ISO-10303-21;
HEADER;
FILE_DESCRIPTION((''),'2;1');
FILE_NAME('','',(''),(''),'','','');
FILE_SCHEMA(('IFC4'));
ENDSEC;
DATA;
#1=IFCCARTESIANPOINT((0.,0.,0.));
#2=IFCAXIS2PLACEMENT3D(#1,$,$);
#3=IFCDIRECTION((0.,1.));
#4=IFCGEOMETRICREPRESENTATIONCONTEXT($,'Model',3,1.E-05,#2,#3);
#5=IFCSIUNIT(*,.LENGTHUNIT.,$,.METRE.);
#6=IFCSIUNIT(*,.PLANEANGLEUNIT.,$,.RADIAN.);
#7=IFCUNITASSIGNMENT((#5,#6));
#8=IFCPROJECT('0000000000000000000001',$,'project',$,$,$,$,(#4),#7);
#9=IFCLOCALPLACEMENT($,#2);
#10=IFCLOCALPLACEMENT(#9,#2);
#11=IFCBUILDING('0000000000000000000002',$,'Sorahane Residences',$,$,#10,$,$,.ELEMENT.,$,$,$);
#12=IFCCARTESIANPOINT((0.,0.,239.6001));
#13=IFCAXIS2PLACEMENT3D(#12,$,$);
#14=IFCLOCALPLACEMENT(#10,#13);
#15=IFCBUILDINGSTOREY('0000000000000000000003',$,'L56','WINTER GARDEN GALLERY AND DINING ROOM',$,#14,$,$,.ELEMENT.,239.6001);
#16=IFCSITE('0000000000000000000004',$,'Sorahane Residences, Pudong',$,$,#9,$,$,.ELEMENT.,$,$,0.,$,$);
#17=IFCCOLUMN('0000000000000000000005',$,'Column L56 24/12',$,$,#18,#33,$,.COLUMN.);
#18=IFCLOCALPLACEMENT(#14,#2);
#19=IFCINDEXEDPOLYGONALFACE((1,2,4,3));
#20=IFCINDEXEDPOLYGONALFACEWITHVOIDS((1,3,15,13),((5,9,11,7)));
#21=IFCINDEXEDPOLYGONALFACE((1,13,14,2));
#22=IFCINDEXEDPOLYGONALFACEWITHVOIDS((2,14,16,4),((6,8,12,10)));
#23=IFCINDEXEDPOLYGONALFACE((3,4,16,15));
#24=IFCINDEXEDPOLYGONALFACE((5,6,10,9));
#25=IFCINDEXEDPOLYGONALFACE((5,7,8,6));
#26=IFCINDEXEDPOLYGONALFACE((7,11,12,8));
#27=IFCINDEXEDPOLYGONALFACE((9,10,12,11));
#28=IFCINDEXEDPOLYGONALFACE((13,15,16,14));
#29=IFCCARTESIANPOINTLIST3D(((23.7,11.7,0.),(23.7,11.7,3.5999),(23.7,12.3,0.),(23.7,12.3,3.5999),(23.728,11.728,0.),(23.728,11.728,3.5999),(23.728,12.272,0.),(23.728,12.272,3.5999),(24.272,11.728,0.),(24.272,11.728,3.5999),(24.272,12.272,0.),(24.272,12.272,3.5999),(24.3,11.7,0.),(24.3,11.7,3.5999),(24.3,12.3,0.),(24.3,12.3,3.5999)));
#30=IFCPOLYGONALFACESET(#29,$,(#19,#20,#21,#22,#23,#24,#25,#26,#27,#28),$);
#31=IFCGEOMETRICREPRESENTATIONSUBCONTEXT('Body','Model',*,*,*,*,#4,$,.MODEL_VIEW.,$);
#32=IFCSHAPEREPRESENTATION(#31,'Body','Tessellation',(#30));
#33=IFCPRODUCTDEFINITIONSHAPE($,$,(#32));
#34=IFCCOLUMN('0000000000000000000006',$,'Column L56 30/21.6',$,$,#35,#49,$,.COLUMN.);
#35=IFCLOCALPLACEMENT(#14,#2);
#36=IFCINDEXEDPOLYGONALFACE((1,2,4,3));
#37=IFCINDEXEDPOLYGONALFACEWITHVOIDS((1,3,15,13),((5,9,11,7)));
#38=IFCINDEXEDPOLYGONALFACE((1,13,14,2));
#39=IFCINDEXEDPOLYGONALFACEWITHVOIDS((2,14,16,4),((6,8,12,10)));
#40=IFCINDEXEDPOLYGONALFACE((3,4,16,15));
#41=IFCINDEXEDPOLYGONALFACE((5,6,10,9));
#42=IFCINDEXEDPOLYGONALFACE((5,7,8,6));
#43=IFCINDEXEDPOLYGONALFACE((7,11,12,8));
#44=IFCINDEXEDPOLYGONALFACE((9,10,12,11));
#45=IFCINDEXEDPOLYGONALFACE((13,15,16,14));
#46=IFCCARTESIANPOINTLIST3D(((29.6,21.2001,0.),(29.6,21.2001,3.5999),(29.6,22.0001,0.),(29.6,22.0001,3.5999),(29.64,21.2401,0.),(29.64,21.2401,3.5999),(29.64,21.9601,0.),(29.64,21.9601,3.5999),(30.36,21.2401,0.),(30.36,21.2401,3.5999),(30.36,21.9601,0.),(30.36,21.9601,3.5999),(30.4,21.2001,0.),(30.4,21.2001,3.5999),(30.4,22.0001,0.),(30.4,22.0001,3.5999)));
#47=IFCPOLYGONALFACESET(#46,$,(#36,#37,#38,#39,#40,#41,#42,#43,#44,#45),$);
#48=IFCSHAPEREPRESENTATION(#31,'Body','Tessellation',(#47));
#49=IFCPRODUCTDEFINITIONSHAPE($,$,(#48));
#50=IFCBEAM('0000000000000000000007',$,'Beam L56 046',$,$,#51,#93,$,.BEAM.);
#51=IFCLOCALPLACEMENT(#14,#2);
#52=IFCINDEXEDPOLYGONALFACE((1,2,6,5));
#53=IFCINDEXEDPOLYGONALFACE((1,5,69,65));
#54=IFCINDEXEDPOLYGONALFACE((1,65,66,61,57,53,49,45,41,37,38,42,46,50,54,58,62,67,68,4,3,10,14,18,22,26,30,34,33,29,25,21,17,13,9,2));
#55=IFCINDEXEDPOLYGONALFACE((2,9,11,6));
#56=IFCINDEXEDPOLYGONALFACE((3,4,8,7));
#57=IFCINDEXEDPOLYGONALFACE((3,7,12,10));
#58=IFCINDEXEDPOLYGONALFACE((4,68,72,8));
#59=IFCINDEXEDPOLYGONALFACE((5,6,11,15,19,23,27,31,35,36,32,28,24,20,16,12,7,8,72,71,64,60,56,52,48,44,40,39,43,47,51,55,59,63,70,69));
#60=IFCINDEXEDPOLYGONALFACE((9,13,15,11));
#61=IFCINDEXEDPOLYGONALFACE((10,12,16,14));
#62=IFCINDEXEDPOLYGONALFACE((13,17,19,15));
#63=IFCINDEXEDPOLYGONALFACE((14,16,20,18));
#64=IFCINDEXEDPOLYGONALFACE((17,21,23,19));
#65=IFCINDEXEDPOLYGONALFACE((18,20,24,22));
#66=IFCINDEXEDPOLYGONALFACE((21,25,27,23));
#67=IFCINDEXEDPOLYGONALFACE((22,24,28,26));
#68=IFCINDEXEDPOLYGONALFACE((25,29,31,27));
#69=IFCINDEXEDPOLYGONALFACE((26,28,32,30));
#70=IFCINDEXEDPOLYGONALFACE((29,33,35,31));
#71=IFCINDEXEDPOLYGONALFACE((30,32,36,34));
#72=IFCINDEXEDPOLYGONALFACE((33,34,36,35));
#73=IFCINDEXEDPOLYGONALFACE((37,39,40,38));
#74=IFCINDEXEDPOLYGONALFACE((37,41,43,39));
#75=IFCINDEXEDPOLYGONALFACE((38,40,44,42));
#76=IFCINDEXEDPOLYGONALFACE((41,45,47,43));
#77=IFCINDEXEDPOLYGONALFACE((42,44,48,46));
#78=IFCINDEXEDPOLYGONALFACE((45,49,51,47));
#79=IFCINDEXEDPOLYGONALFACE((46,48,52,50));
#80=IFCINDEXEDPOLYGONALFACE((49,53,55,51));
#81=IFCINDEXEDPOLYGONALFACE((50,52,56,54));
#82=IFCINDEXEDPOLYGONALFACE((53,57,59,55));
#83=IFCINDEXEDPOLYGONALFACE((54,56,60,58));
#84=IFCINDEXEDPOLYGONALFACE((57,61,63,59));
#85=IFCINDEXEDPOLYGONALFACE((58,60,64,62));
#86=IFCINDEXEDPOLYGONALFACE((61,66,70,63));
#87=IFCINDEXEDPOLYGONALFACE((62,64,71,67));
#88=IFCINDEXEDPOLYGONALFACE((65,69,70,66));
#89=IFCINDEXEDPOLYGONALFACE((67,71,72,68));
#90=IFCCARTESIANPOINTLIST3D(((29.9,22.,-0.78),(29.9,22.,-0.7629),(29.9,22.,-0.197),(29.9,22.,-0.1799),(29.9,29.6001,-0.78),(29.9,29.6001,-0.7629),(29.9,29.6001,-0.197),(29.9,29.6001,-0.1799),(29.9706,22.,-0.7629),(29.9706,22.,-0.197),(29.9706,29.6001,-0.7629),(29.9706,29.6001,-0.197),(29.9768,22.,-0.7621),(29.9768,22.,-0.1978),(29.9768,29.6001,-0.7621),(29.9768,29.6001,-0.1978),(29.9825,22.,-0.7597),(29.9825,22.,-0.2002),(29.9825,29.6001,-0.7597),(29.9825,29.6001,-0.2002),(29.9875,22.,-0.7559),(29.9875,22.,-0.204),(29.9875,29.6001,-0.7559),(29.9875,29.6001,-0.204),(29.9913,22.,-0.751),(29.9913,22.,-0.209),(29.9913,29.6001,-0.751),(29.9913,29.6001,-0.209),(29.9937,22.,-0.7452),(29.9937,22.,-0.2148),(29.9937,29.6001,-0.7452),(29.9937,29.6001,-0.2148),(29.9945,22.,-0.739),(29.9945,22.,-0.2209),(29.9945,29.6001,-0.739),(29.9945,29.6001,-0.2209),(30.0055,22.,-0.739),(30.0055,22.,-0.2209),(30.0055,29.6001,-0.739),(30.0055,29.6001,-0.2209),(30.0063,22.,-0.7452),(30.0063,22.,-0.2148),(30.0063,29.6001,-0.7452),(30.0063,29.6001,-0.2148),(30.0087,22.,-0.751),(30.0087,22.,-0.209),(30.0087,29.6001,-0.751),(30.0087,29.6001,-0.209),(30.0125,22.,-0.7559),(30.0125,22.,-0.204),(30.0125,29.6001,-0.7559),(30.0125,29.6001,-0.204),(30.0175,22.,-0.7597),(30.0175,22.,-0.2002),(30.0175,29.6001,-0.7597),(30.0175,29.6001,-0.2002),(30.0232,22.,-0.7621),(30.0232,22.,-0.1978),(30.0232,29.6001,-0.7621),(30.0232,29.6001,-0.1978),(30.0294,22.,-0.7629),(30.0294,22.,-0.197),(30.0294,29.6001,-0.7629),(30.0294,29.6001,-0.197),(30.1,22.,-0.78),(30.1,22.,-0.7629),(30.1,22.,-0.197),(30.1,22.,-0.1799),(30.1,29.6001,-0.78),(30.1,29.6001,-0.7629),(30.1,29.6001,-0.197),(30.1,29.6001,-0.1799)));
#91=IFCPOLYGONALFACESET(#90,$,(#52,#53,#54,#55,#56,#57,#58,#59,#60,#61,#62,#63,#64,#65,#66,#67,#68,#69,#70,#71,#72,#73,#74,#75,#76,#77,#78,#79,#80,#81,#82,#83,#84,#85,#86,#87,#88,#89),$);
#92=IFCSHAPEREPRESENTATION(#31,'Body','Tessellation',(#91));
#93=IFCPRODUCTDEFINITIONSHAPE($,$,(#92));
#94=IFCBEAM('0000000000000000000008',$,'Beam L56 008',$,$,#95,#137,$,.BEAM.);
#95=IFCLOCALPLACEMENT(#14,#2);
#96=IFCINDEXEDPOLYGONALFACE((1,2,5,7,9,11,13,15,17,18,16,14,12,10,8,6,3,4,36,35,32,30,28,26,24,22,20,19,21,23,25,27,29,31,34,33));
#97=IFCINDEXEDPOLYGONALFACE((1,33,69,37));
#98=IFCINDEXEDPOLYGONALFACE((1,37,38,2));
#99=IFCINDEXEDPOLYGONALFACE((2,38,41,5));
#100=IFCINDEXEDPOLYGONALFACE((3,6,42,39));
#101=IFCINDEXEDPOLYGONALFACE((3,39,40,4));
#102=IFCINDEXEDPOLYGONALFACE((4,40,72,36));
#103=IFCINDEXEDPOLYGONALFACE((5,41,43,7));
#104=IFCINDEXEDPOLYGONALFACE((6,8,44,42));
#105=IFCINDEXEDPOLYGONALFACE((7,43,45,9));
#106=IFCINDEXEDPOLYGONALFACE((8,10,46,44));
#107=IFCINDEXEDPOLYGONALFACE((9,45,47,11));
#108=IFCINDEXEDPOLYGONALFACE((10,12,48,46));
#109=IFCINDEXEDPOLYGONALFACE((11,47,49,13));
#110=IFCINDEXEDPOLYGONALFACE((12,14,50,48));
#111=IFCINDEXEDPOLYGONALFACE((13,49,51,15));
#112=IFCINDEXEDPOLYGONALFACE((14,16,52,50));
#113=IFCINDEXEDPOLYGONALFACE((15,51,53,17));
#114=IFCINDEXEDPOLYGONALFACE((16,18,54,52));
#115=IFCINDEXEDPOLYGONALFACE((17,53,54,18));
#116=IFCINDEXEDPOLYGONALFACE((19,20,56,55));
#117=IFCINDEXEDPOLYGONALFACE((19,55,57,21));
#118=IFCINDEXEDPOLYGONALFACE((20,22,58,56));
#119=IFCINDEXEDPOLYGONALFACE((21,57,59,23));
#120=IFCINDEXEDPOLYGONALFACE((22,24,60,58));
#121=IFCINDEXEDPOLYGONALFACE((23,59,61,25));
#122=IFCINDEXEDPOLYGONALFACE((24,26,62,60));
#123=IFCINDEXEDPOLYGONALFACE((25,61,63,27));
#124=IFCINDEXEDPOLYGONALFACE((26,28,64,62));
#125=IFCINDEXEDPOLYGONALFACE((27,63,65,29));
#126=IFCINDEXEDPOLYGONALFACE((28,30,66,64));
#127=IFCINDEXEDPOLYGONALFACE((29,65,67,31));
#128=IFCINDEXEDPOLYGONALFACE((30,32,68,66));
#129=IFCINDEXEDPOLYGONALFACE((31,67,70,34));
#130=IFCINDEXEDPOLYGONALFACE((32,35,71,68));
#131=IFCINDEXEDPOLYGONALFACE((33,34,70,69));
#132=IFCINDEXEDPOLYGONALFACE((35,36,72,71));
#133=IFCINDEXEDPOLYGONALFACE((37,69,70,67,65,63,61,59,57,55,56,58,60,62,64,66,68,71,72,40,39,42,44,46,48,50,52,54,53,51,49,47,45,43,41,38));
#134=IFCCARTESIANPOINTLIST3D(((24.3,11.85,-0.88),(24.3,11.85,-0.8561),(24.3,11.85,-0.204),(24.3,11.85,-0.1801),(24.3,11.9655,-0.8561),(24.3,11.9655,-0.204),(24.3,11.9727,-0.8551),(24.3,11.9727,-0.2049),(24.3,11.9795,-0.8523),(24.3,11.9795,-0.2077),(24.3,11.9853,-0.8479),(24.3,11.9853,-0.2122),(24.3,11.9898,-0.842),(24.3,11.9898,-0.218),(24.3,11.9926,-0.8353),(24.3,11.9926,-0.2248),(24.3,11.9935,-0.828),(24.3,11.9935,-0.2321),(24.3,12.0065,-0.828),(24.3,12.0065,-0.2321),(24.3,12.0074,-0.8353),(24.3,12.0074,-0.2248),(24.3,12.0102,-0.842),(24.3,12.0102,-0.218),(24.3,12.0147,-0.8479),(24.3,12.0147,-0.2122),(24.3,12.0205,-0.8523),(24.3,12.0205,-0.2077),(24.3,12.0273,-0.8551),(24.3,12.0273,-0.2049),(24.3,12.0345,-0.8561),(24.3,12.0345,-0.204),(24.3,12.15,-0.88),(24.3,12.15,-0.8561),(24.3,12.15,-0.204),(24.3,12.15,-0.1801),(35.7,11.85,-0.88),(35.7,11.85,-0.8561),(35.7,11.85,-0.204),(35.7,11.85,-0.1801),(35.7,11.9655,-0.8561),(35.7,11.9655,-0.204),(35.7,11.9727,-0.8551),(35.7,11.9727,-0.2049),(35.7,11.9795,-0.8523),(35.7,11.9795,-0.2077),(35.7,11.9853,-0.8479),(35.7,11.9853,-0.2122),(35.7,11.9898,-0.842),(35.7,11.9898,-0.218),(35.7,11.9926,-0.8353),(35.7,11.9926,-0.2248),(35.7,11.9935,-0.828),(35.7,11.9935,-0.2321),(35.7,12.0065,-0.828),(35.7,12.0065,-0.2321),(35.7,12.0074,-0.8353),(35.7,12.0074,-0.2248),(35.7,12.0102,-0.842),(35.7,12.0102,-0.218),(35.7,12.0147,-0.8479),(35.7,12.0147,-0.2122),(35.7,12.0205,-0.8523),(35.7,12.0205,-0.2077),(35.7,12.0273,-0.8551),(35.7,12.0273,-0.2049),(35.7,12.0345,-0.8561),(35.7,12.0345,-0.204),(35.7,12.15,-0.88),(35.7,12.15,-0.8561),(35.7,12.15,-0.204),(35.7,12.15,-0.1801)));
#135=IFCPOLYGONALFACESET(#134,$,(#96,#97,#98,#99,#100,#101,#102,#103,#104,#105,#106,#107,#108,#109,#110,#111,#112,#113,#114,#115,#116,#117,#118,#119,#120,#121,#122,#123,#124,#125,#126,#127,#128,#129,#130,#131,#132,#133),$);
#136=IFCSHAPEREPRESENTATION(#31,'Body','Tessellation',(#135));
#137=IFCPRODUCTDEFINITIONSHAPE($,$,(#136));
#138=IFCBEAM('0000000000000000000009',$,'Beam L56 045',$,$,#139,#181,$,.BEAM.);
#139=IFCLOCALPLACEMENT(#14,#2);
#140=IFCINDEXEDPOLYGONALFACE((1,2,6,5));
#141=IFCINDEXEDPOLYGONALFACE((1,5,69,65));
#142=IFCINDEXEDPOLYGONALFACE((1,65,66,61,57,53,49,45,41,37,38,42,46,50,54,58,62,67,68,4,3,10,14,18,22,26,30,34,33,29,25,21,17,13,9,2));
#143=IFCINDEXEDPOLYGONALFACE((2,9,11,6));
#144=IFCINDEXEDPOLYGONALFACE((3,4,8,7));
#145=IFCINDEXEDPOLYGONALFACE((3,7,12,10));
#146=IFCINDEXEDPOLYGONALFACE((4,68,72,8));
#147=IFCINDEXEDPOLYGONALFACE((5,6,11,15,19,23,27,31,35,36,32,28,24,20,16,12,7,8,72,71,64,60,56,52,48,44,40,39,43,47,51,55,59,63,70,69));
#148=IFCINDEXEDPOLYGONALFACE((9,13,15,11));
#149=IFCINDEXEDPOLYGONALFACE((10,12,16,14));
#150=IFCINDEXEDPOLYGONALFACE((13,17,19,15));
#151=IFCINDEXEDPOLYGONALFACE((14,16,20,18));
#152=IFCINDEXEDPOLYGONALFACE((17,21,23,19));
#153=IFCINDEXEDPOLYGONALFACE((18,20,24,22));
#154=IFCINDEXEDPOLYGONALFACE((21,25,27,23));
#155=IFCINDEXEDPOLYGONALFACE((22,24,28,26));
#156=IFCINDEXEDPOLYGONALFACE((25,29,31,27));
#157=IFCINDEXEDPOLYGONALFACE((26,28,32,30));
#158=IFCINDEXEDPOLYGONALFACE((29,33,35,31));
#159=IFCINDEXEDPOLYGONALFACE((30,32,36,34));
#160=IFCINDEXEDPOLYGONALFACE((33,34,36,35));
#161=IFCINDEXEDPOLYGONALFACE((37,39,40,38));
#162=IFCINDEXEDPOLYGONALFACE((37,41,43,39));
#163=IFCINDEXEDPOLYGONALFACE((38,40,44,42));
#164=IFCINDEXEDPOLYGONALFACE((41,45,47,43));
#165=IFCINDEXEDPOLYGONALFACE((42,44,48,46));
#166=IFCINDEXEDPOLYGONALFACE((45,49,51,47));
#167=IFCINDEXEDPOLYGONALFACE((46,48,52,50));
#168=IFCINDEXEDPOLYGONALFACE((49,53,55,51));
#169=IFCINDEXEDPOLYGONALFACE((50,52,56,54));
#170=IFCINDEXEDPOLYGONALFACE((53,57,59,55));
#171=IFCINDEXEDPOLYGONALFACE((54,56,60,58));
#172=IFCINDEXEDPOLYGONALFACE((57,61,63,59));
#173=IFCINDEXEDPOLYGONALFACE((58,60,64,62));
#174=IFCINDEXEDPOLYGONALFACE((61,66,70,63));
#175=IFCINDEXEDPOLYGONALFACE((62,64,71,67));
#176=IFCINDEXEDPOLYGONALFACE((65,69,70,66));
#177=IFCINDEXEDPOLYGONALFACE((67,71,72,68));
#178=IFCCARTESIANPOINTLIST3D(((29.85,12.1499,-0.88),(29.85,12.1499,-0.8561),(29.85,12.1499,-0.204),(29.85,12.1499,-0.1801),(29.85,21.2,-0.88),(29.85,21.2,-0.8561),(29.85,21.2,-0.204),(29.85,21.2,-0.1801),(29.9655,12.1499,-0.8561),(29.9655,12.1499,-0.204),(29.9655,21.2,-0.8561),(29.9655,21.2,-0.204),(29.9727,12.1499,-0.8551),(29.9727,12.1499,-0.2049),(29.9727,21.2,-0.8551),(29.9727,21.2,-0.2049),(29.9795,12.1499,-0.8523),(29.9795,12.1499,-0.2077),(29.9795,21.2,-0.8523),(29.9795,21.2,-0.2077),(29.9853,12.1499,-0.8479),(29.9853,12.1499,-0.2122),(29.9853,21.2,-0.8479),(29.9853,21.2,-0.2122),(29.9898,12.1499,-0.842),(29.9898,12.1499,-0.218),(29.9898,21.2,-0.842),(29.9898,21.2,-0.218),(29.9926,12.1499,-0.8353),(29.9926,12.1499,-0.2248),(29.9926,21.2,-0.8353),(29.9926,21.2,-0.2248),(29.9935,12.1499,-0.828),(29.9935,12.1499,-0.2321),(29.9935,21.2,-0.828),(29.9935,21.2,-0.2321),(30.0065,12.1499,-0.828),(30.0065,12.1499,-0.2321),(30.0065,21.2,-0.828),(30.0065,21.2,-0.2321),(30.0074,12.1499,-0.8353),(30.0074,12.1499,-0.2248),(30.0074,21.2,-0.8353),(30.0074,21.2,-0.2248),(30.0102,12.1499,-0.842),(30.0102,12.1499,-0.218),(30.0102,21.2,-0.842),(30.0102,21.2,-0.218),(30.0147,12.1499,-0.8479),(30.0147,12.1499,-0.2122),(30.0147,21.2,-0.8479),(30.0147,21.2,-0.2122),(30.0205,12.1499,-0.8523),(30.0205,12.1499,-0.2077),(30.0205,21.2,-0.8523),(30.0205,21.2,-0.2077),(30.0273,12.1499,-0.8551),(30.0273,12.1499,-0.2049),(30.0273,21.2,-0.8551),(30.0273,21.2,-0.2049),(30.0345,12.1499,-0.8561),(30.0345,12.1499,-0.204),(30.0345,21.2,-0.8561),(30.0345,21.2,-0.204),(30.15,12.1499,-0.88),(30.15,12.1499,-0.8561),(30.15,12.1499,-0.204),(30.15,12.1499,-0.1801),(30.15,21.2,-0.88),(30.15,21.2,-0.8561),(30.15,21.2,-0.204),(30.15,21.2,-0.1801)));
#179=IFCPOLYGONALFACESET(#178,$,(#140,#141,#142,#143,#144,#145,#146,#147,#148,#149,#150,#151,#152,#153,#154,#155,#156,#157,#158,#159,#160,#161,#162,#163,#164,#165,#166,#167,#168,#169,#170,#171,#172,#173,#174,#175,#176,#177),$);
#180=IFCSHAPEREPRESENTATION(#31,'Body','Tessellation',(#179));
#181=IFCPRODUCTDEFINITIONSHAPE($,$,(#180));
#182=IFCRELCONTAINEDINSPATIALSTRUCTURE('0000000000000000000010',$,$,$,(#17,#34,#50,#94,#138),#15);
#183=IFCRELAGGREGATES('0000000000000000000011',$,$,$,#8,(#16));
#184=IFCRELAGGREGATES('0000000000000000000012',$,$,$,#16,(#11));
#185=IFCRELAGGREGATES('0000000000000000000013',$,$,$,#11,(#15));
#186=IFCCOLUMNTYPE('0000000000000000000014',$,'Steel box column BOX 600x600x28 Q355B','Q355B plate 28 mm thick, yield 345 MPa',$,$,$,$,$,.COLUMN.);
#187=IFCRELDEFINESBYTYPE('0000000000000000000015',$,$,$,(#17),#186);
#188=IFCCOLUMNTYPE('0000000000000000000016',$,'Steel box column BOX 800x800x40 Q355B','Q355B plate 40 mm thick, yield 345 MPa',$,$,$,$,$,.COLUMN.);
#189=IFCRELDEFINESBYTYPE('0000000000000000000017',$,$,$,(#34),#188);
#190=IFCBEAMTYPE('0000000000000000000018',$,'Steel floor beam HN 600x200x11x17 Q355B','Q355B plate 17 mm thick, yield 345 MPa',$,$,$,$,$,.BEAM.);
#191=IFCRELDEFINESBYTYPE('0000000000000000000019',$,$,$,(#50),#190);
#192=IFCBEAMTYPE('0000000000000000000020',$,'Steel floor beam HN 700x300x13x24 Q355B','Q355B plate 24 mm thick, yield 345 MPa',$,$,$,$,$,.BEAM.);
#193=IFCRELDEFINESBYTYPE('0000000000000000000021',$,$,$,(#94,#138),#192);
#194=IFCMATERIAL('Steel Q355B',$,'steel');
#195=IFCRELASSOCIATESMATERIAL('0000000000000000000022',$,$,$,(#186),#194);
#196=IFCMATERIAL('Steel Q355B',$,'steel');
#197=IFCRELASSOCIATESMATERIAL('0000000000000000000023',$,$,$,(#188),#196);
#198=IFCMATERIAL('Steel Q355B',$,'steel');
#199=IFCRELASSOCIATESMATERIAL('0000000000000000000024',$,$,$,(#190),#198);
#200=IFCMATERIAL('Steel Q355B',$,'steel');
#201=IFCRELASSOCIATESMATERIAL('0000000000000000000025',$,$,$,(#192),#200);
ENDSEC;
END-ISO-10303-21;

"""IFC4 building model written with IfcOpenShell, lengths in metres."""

from ifc_helpers import new_model, si_unit, direction, frame, origin, origin_2d, place, context, subcontext, project, spatial, hollow_rectangle, i_section, extrude, material, material_profile, profile_set, type_object, element, save


model = new_model("IFC4")

# Units and contexts
model_context = context("Model", 3, precision=1e-05, world=origin(), true_north=direction((0.0, 1.0)))
body_context = subcontext(model_context, "Body", "Model", "MODEL_VIEW")
ifc_project = project(units=[si_unit("LENGTHUNIT", "METRE"), si_unit("PLANEANGLEUNIT", "RADIAN")], contexts=[model_context])

# Site, building, storey
site_placement = place(None, origin())
site = spatial("IfcSite", under=ifc_project, at=site_placement, Name="Sorahane Residences, Pudong", CompositionType="ELEMENT", RefElevation=0.0)
building_placement = place(site_placement, origin())
building = spatial("IfcBuilding", under=site, at=building_placement, Name="Sorahane Residences", CompositionType="ELEMENT")
storey_placement = place(building_placement, frame((0.0, 0.0, 239.6001)))
storey = spatial("IfcBuildingStorey", under=building, at=storey_placement, Name="L56", Description="WINTER GARDEN GALLERY AND DINING ROOM", CompositionType="ELEMENT", Elevation=239.6001)

# Columns
ifc_material_1 = material(Name="Steel Q355B", Category="steel")
ifc_material_profile_1 = material_profile(ifc_material_1, hollow_rectangle(XDim=0.6001, YDim=0.6001, WallThickness=0.0281, at=origin_2d()), Name="BOX 600x600x28")
ifc_profile_set_1 = profile_set([ifc_material_profile_1], Name="Steel Q355B")
column_type_1 = type_object("IfcColumnType", Name="Steel box column BOX 600x600x28 Q355B", Description="Q355B plate 28 mm thick, yield 345 MPa", PredefinedType="COLUMN", material=ifc_profile_set_1)
column_1_placement = place(storey_placement, frame((24.0, 12.0, 0.0), z_axis=(0.0, 0.0, 1.0), x_axis=(1.0, 0.0, 0.0)))
element("IfcColumn", 1, at=column_1_placement, inside=storey, type_object=column_type_1, Name="Column L56 24/12", PredefinedType="COLUMN", context=body_context, shape_type="SweptSolid", body=[
    extrude(hollow_rectangle(XDim=0.6001, YDim=0.6001, WallThickness=0.0281, at=origin_2d()), origin(), (0.0, 0.0, 1.0), 3.5999),
])
ifc_material_2 = material(Name="Steel Q355B", Category="steel")
ifc_material_profile_2 = material_profile(ifc_material_2, hollow_rectangle(XDim=0.8, YDim=0.8, WallThickness=0.04, at=origin_2d()), Name="BOX 800x800x40")
ifc_profile_set_2 = profile_set([ifc_material_profile_2], Name="Steel Q355B")
column_type_2 = type_object("IfcColumnType", Name="Steel box column BOX 800x800x40 Q355B", Description="Q355B plate 40 mm thick, yield 345 MPa", PredefinedType="COLUMN", material=ifc_profile_set_2)
column_2_placement = place(storey_placement, frame((30.0, 21.6001, 0.0), z_axis=(0.0, 0.0, 1.0), x_axis=(1.0, 0.0, 0.0)))
element("IfcColumn", 2, at=column_2_placement, inside=storey, type_object=column_type_2, Name="Column L56 30/21.6", PredefinedType="COLUMN", context=body_context, shape_type="SweptSolid", body=[
    extrude(hollow_rectangle(XDim=0.8, YDim=0.8, WallThickness=0.04, at=origin_2d()), origin(), (0.0, 0.0, 1.0), 3.5999),
])

# Beams
ifc_material_3 = material(Name="Steel Q355B", Category="steel")
ifc_material_profile_3 = material_profile(ifc_material_3, i_section(OverallWidth=0.2, OverallDepth=0.6001, WebThickness=0.011, FlangeThickness=0.0171, FilletRadius=0.0239, at=origin_2d()), Name="HN 600x200x11x17")
ifc_profile_set_3 = profile_set([ifc_material_profile_3], Name="Steel Q355B")
beam_type_1 = type_object("IfcBeamType", Name="Steel floor beam HN 600x200x11x17 Q355B", Description="Q355B plate 17 mm thick, yield 345 MPa", PredefinedType="BEAM", material=ifc_profile_set_3)
beam_1_placement = place(storey_placement, frame((30.0, 22.0, -0.48), z_axis=(0.0, 1.0, 0.0), x_axis=(-1.0, 0.0, 0.0)))
element("IfcBeam", 3, at=beam_1_placement, inside=storey, type_object=beam_type_1, Name="Beam L56 046", PredefinedType="BEAM", context=body_context, shape_type="SweptSolid", body=[
    extrude(i_section(OverallWidth=0.2, OverallDepth=0.6001, WebThickness=0.011, FlangeThickness=0.0171, FilletRadius=0.0239, at=origin_2d()), origin(), (0.0, 0.0, 1.0), 7.6001),
])
ifc_material_4 = material(Name="Steel Q355B", Category="steel")
ifc_material_profile_4 = material_profile(ifc_material_4, i_section(OverallWidth=0.3, OverallDepth=0.7, WebThickness=0.0129, FlangeThickness=0.0239, FilletRadius=0.0281, at=origin_2d()), Name="HN 700x300x13x24")
ifc_profile_set_4 = profile_set([ifc_material_profile_4], Name="Steel Q355B")
beam_type_2 = type_object("IfcBeamType", Name="Steel floor beam HN 700x300x13x24 Q355B", Description="Q355B plate 24 mm thick, yield 345 MPa", PredefinedType="BEAM", material=ifc_profile_set_4)
beam_2_placement = place(storey_placement, frame((24.3, 12.0, -0.53), z_axis=(1.0, 0.0, 0.0), x_axis=(0.0, 1.0, 0.0)))
element("IfcBeam", 4, at=beam_2_placement, inside=storey, type_object=beam_type_2, Name="Beam L56 008", PredefinedType="BEAM", context=body_context, shape_type="SweptSolid", body=[
    extrude(i_section(OverallWidth=0.3, OverallDepth=0.7, WebThickness=0.0129, FlangeThickness=0.0239, FilletRadius=0.0281, at=origin_2d()), origin(), (0.0, 0.0, 1.0), 11.3999),
])
beam_3_placement = place(storey_placement, frame((30.0, 12.1499, -0.53), z_axis=(0.0, 1.0, 0.0), x_axis=(-1.0, 0.0, 0.0)))
element("IfcBeam", 5, at=beam_3_placement, inside=storey, type_object=beam_type_2, Name="Beam L56 045", PredefinedType="BEAM", context=body_context, shape_type="SweptSolid", body=[
    extrude(i_section(OverallWidth=0.3, OverallDepth=0.7, WebThickness=0.0129, FlangeThickness=0.0239, FilletRadius=0.0281, at=origin_2d()), origin(), (0.0, 0.0, 1.0), 9.05),
])

save(model, "model.ifc")
